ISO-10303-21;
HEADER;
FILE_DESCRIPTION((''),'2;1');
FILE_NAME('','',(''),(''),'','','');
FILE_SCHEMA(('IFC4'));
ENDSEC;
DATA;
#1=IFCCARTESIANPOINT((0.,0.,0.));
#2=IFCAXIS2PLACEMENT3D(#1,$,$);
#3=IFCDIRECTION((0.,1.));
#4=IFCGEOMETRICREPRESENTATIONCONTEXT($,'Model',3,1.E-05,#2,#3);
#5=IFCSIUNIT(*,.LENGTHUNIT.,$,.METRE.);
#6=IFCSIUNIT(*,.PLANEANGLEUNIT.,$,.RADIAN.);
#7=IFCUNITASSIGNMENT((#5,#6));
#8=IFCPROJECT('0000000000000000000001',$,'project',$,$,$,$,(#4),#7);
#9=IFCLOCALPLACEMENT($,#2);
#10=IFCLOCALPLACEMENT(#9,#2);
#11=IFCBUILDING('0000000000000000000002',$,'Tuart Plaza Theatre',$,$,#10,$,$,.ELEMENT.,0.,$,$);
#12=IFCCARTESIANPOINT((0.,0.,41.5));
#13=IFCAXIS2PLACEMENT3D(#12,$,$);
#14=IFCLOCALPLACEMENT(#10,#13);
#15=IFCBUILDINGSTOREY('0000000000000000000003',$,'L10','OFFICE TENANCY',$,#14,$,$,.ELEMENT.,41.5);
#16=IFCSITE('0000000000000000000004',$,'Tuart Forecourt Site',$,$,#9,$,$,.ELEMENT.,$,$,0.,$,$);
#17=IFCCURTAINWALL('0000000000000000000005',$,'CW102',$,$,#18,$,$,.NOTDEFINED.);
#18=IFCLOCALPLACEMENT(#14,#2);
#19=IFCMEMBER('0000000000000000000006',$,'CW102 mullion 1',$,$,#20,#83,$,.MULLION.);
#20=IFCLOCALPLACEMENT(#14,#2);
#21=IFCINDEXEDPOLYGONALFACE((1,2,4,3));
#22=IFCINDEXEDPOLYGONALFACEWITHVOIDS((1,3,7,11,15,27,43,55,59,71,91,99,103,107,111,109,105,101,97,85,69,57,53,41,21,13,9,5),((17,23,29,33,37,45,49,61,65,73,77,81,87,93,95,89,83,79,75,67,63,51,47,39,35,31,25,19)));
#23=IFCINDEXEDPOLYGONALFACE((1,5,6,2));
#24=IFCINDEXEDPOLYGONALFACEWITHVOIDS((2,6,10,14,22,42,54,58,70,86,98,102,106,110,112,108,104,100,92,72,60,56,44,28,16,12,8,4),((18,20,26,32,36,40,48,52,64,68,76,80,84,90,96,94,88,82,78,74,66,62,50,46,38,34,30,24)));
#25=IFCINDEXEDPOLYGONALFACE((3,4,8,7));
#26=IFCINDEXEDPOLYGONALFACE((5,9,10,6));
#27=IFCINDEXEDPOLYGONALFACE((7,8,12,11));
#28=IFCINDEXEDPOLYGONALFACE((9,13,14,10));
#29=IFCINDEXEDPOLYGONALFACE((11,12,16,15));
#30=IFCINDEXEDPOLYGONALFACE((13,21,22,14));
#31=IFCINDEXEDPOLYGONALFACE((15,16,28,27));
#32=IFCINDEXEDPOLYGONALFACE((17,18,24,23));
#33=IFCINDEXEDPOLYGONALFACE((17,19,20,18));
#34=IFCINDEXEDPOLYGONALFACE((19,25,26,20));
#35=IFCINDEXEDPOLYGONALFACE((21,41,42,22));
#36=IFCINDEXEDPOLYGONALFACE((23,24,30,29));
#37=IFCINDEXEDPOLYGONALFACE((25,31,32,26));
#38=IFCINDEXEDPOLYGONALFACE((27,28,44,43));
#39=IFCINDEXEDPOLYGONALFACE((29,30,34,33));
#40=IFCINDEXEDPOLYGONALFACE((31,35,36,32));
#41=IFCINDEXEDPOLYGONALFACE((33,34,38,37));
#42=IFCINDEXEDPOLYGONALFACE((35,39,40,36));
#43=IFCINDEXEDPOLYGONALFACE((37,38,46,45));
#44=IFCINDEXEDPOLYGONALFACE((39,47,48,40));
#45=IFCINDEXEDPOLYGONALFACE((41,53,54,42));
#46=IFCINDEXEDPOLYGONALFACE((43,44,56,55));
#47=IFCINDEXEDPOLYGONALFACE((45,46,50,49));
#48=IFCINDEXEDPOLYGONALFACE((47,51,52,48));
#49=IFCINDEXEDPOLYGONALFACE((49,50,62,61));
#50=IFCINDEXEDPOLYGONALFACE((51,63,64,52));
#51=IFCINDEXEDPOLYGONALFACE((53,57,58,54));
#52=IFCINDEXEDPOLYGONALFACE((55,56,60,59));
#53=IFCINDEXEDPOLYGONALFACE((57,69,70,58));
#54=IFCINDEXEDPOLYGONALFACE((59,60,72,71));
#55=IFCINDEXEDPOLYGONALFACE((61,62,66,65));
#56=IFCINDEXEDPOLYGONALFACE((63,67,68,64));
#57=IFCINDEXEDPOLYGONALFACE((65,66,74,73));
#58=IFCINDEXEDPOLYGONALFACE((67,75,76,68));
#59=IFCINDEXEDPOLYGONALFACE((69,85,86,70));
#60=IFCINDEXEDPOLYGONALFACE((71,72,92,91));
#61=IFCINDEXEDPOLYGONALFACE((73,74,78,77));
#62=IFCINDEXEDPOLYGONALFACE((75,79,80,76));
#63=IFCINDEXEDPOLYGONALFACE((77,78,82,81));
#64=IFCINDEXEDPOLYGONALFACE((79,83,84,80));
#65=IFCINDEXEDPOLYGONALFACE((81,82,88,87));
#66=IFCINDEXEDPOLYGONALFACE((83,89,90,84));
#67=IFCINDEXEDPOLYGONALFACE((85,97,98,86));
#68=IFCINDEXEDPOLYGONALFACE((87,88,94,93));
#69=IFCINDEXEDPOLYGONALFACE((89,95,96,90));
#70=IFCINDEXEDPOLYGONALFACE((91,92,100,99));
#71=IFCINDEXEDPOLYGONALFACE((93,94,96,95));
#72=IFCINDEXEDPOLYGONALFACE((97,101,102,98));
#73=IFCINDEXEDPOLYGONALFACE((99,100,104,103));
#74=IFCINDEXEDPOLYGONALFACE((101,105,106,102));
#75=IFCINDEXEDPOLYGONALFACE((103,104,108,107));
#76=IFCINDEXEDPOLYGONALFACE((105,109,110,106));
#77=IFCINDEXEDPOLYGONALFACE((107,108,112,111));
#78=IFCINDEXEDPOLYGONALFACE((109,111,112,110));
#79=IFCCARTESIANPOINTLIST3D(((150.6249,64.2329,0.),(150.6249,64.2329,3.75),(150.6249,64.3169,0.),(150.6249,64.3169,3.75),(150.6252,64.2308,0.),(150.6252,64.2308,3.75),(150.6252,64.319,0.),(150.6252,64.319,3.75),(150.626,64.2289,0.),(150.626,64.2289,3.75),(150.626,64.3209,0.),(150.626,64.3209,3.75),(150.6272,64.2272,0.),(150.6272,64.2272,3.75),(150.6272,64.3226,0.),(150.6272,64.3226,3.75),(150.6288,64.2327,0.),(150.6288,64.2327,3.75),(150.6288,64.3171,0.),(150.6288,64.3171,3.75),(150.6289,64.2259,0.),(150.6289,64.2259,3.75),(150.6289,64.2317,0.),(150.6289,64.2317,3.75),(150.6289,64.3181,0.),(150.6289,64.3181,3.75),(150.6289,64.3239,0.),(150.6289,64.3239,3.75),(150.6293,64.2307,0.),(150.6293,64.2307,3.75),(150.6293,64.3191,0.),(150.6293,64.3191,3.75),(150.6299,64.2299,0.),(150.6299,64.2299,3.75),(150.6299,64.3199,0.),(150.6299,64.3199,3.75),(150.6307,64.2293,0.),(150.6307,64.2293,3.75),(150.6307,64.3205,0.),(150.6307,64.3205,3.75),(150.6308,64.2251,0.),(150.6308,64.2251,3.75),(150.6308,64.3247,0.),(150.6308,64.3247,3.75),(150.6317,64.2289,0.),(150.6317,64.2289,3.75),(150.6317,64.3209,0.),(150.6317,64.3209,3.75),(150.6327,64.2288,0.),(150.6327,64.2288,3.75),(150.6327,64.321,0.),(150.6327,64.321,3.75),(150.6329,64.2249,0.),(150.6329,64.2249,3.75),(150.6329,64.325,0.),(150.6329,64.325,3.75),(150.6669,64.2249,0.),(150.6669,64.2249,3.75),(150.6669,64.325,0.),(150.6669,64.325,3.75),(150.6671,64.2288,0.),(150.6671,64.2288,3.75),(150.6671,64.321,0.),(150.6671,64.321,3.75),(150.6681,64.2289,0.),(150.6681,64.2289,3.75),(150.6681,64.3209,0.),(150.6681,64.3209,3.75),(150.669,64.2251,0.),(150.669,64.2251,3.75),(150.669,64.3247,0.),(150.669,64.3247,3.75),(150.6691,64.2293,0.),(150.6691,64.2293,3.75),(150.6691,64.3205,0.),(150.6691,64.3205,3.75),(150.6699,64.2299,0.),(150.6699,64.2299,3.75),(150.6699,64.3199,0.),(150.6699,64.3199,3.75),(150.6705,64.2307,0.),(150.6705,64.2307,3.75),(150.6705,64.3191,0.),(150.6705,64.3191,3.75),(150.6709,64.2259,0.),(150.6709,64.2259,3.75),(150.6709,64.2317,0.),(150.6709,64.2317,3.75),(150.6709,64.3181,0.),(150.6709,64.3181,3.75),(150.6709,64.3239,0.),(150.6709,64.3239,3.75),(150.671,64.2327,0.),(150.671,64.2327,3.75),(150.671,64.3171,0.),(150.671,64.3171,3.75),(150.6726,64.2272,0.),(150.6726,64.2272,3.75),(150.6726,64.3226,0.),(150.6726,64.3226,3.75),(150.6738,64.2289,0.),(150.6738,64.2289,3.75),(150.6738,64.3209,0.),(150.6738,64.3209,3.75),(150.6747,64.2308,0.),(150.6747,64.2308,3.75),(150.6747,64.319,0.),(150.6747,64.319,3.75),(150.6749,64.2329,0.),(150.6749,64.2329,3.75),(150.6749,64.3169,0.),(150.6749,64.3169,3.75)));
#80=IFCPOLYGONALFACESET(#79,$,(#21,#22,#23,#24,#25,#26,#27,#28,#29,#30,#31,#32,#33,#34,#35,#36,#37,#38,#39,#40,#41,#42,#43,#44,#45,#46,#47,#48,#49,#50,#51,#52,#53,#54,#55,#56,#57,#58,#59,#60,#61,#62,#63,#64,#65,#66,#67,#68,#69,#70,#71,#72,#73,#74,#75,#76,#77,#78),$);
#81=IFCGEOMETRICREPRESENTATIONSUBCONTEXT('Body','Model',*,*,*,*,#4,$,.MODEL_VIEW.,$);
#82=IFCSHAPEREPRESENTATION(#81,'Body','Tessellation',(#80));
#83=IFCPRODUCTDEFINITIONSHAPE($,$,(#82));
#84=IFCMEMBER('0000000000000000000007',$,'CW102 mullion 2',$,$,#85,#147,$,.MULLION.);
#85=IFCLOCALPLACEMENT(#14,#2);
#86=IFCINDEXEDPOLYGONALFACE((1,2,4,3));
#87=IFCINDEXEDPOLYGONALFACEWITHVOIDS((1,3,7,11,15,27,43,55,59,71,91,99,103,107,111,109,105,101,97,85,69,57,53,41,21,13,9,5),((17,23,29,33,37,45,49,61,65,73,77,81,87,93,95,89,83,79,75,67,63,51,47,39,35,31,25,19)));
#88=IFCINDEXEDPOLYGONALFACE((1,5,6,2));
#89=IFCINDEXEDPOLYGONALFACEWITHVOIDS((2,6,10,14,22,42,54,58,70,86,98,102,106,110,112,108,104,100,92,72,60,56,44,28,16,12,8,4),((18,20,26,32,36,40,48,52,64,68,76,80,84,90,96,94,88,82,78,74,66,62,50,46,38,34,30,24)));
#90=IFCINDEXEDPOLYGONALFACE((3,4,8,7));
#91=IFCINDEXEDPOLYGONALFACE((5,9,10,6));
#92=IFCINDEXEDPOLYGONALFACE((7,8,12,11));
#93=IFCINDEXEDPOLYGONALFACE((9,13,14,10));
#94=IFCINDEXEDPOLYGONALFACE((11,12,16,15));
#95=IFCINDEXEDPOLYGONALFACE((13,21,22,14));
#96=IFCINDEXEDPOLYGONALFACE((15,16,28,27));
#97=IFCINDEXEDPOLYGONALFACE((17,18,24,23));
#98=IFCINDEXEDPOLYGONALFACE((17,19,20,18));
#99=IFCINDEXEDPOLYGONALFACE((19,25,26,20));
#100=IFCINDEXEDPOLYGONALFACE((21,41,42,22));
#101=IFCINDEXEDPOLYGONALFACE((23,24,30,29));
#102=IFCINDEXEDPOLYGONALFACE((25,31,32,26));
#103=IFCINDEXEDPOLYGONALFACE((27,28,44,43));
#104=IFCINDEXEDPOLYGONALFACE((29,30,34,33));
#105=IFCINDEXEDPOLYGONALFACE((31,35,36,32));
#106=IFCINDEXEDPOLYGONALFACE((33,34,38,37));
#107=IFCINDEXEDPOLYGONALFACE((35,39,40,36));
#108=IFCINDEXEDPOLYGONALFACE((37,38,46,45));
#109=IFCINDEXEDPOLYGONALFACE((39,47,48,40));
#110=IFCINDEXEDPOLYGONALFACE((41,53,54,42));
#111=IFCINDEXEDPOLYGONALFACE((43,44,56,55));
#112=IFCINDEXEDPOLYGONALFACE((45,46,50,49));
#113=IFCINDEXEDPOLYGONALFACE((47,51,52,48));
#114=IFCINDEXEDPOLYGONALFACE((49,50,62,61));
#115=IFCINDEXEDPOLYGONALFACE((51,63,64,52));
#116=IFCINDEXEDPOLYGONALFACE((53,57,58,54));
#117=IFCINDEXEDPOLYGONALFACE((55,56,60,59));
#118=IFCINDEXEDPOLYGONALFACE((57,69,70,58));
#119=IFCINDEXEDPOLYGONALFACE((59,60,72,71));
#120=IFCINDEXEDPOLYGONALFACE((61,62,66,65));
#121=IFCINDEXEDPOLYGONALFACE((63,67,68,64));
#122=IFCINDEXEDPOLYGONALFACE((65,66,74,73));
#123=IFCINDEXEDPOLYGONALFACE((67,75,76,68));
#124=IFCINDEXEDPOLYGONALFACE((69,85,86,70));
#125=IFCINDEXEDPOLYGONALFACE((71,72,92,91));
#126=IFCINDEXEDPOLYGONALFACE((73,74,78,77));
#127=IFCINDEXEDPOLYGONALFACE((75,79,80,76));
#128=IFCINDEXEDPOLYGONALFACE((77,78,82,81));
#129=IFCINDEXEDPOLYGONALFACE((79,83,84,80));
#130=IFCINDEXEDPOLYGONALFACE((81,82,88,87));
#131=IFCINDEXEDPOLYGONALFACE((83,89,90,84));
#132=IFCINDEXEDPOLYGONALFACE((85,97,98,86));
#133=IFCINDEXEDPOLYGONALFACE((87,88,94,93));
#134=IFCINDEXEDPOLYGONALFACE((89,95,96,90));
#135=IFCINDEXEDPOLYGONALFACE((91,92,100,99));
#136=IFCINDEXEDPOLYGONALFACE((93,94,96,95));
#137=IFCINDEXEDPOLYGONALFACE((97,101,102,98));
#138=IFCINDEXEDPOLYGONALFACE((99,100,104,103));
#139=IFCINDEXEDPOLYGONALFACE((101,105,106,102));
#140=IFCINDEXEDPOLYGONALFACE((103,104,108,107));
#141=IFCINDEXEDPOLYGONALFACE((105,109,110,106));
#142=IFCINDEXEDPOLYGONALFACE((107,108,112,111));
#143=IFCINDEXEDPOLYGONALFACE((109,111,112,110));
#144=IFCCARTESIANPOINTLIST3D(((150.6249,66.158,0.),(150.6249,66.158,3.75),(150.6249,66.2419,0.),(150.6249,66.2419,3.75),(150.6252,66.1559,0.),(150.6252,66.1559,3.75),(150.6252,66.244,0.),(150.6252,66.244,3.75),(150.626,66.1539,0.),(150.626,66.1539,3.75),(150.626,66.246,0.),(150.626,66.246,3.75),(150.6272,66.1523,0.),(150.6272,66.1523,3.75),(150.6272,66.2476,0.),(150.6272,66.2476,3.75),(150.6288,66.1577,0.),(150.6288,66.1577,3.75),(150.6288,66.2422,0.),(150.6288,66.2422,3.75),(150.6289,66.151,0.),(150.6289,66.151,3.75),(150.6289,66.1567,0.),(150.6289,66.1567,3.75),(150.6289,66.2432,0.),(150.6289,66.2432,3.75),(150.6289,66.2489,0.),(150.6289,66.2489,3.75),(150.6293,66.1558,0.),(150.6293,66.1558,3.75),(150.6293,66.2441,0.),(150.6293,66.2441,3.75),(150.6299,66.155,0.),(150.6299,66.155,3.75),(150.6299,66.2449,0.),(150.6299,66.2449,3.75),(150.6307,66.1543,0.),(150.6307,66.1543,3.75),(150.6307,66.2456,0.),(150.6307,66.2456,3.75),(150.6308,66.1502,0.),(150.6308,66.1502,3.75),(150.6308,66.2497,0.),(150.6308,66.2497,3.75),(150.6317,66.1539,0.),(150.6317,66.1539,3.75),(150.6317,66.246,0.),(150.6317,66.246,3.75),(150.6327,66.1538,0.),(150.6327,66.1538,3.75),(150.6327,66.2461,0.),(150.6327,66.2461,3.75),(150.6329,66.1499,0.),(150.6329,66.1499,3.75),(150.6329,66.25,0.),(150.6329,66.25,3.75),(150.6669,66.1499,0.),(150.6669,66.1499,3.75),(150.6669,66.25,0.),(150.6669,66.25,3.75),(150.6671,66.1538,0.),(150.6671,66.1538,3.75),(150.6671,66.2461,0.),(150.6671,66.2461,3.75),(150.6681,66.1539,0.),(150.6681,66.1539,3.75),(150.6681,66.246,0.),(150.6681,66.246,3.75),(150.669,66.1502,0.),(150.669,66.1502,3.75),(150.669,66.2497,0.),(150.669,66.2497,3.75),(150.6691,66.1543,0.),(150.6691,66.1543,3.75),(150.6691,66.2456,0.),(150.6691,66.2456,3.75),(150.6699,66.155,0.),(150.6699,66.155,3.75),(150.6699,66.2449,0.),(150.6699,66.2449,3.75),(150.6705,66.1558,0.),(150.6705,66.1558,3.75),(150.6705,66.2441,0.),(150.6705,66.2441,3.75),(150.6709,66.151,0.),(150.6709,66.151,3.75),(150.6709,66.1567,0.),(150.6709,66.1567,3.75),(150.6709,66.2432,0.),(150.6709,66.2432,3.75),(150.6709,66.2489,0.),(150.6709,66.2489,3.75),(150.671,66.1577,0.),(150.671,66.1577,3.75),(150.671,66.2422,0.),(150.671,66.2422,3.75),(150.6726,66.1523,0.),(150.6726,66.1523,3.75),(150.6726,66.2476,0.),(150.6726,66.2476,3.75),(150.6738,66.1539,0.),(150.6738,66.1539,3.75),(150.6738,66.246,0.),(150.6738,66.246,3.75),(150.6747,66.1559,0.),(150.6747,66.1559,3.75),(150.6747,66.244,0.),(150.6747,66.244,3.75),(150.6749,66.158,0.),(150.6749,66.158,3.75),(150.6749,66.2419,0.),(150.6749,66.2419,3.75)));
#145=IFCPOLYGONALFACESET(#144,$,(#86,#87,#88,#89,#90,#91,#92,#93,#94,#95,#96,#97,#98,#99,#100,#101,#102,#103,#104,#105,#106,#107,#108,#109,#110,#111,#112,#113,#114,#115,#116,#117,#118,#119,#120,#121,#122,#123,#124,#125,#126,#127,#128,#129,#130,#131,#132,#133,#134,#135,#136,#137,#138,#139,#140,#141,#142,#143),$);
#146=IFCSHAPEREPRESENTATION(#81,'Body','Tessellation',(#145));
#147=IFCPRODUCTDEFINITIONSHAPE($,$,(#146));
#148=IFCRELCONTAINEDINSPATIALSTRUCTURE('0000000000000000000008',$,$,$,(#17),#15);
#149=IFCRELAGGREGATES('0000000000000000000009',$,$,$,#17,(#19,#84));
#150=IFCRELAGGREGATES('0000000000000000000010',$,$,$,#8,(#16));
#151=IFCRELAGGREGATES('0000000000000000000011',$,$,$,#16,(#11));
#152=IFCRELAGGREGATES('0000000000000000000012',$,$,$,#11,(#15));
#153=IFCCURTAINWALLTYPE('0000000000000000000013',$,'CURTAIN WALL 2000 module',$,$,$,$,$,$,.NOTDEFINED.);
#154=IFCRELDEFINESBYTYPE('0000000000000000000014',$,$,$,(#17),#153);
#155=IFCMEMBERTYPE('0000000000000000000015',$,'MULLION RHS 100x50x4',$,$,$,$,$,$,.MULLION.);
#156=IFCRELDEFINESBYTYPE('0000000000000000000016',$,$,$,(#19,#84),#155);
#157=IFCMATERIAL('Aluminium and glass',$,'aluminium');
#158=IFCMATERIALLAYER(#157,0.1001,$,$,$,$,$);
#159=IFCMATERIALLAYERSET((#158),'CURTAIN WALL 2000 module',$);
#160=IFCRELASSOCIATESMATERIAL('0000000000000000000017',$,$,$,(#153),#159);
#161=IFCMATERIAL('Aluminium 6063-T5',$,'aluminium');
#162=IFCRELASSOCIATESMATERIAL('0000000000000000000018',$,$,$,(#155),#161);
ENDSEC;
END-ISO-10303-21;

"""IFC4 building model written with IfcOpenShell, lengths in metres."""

from ifc_helpers import new_model, si_unit, direction, frame, origin, origin_2d, place, context, subcontext, project, spatial, hollow_rectangle, extrude, material, layer, layer_set, material_profile, profile_set, type_object, element, aggregate, save


model = new_model("IFC4")

# Units and contexts
model_context = context("Model", 3, precision=1e-05, world=origin(), true_north=direction((0.0, 1.0)))
body_context = subcontext(model_context, "Body", "Model", "MODEL_VIEW")
ifc_project = project(units=[si_unit("LENGTHUNIT", "METRE"), si_unit("PLANEANGLEUNIT", "RADIAN")], contexts=[model_context])

# Site, building, storey
site_placement = place(None, origin())
site = spatial("IfcSite", under=ifc_project, at=site_placement, Name="Tuart Forecourt Site", CompositionType="ELEMENT", RefElevation=0.0)
building_placement = place(site_placement, origin())
building = spatial("IfcBuilding", under=site, at=building_placement, Name="Tuart Plaza Theatre", CompositionType="ELEMENT", ElevationOfRefHeight=0.0)
storey_placement = place(building_placement, frame((0.0, 0.0, 41.5)))
storey = spatial("IfcBuildingStorey", under=building, at=storey_placement, Name="L10", Description="OFFICE TENANCY", CompositionType="ELEMENT", Elevation=41.5)

# Curtain wall, members
ifc_material_1 = material(Name="Aluminium and glass", Category="aluminium")
ifc_layer_1 = layer(ifc_material_1, 0.1001)
ifc_layer_set_1 = layer_set([ifc_layer_1], Name="CURTAIN WALL 2000 module")
curtain_wall_type = type_object("IfcCurtainWallType", Name="CURTAIN WALL 2000 module", PredefinedType="NOTDEFINED", material=ifc_layer_set_1)
ifc_material_2 = material(Name="Aluminium 6063-T5", Category="aluminium")
ifc_material_profile_1 = material_profile(ifc_material_2, hollow_rectangle(XDim=0.05, YDim=0.1001, WallThickness=0.0039, InnerFilletRadius=0.0039, OuterFilletRadius=0.0081, at=origin_2d()), Name="RHS 100x50x4")
ifc_profile_set_1 = profile_set([ifc_material_profile_1], Name="Aluminium 6063-T5")
member_type_1 = type_object("IfcMemberType", Name="MULLION RHS 100x50x4", PredefinedType="MULLION", material=ifc_profile_set_1)
curtain_wall_1_placement = place(storey_placement, origin())
curtain_wall_1 = element("IfcCurtainWall", 1, at=curtain_wall_1_placement, inside=storey, type_object=curtain_wall_type, Name="CW102", PredefinedType="NOTDEFINED")
member_1_placement = place(storey_placement, frame((150.6499, 64.2749, 0.0), z_axis=(0.0, 0.0, 1.0), x_axis=(-1.0, 0.0, 0.0)))
member_1 = element("IfcMember", 2, at=member_1_placement, type_object=member_type_1, Name="CW102 mullion 1", PredefinedType="MULLION", context=body_context, shape_type="SweptSolid", body=[
    extrude(hollow_rectangle(XDim=0.05, YDim=0.1001, WallThickness=0.0039, InnerFilletRadius=0.0039, OuterFilletRadius=0.0081, at=origin_2d()), origin(), (0.0, 0.0, 1.0), 3.75),
])
member_2_placement = place(storey_placement, frame((150.6499, 66.2, 0.0), z_axis=(0.0, 0.0, 1.0), x_axis=(-1.0, 0.0, 0.0)))
member_2 = element("IfcMember", 3, at=member_2_placement, type_object=member_type_1, Name="CW102 mullion 2", PredefinedType="MULLION", context=body_context, shape_type="SweptSolid", body=[
    extrude(hollow_rectangle(XDim=0.05, YDim=0.1001, WallThickness=0.0039, InnerFilletRadius=0.0039, OuterFilletRadius=0.0081, at=origin_2d()), origin(), (0.0, 0.0, 1.0), 3.75),
])

aggregate(curtain_wall_1, [member_1, member_2])

save(model, "model.ifc")
